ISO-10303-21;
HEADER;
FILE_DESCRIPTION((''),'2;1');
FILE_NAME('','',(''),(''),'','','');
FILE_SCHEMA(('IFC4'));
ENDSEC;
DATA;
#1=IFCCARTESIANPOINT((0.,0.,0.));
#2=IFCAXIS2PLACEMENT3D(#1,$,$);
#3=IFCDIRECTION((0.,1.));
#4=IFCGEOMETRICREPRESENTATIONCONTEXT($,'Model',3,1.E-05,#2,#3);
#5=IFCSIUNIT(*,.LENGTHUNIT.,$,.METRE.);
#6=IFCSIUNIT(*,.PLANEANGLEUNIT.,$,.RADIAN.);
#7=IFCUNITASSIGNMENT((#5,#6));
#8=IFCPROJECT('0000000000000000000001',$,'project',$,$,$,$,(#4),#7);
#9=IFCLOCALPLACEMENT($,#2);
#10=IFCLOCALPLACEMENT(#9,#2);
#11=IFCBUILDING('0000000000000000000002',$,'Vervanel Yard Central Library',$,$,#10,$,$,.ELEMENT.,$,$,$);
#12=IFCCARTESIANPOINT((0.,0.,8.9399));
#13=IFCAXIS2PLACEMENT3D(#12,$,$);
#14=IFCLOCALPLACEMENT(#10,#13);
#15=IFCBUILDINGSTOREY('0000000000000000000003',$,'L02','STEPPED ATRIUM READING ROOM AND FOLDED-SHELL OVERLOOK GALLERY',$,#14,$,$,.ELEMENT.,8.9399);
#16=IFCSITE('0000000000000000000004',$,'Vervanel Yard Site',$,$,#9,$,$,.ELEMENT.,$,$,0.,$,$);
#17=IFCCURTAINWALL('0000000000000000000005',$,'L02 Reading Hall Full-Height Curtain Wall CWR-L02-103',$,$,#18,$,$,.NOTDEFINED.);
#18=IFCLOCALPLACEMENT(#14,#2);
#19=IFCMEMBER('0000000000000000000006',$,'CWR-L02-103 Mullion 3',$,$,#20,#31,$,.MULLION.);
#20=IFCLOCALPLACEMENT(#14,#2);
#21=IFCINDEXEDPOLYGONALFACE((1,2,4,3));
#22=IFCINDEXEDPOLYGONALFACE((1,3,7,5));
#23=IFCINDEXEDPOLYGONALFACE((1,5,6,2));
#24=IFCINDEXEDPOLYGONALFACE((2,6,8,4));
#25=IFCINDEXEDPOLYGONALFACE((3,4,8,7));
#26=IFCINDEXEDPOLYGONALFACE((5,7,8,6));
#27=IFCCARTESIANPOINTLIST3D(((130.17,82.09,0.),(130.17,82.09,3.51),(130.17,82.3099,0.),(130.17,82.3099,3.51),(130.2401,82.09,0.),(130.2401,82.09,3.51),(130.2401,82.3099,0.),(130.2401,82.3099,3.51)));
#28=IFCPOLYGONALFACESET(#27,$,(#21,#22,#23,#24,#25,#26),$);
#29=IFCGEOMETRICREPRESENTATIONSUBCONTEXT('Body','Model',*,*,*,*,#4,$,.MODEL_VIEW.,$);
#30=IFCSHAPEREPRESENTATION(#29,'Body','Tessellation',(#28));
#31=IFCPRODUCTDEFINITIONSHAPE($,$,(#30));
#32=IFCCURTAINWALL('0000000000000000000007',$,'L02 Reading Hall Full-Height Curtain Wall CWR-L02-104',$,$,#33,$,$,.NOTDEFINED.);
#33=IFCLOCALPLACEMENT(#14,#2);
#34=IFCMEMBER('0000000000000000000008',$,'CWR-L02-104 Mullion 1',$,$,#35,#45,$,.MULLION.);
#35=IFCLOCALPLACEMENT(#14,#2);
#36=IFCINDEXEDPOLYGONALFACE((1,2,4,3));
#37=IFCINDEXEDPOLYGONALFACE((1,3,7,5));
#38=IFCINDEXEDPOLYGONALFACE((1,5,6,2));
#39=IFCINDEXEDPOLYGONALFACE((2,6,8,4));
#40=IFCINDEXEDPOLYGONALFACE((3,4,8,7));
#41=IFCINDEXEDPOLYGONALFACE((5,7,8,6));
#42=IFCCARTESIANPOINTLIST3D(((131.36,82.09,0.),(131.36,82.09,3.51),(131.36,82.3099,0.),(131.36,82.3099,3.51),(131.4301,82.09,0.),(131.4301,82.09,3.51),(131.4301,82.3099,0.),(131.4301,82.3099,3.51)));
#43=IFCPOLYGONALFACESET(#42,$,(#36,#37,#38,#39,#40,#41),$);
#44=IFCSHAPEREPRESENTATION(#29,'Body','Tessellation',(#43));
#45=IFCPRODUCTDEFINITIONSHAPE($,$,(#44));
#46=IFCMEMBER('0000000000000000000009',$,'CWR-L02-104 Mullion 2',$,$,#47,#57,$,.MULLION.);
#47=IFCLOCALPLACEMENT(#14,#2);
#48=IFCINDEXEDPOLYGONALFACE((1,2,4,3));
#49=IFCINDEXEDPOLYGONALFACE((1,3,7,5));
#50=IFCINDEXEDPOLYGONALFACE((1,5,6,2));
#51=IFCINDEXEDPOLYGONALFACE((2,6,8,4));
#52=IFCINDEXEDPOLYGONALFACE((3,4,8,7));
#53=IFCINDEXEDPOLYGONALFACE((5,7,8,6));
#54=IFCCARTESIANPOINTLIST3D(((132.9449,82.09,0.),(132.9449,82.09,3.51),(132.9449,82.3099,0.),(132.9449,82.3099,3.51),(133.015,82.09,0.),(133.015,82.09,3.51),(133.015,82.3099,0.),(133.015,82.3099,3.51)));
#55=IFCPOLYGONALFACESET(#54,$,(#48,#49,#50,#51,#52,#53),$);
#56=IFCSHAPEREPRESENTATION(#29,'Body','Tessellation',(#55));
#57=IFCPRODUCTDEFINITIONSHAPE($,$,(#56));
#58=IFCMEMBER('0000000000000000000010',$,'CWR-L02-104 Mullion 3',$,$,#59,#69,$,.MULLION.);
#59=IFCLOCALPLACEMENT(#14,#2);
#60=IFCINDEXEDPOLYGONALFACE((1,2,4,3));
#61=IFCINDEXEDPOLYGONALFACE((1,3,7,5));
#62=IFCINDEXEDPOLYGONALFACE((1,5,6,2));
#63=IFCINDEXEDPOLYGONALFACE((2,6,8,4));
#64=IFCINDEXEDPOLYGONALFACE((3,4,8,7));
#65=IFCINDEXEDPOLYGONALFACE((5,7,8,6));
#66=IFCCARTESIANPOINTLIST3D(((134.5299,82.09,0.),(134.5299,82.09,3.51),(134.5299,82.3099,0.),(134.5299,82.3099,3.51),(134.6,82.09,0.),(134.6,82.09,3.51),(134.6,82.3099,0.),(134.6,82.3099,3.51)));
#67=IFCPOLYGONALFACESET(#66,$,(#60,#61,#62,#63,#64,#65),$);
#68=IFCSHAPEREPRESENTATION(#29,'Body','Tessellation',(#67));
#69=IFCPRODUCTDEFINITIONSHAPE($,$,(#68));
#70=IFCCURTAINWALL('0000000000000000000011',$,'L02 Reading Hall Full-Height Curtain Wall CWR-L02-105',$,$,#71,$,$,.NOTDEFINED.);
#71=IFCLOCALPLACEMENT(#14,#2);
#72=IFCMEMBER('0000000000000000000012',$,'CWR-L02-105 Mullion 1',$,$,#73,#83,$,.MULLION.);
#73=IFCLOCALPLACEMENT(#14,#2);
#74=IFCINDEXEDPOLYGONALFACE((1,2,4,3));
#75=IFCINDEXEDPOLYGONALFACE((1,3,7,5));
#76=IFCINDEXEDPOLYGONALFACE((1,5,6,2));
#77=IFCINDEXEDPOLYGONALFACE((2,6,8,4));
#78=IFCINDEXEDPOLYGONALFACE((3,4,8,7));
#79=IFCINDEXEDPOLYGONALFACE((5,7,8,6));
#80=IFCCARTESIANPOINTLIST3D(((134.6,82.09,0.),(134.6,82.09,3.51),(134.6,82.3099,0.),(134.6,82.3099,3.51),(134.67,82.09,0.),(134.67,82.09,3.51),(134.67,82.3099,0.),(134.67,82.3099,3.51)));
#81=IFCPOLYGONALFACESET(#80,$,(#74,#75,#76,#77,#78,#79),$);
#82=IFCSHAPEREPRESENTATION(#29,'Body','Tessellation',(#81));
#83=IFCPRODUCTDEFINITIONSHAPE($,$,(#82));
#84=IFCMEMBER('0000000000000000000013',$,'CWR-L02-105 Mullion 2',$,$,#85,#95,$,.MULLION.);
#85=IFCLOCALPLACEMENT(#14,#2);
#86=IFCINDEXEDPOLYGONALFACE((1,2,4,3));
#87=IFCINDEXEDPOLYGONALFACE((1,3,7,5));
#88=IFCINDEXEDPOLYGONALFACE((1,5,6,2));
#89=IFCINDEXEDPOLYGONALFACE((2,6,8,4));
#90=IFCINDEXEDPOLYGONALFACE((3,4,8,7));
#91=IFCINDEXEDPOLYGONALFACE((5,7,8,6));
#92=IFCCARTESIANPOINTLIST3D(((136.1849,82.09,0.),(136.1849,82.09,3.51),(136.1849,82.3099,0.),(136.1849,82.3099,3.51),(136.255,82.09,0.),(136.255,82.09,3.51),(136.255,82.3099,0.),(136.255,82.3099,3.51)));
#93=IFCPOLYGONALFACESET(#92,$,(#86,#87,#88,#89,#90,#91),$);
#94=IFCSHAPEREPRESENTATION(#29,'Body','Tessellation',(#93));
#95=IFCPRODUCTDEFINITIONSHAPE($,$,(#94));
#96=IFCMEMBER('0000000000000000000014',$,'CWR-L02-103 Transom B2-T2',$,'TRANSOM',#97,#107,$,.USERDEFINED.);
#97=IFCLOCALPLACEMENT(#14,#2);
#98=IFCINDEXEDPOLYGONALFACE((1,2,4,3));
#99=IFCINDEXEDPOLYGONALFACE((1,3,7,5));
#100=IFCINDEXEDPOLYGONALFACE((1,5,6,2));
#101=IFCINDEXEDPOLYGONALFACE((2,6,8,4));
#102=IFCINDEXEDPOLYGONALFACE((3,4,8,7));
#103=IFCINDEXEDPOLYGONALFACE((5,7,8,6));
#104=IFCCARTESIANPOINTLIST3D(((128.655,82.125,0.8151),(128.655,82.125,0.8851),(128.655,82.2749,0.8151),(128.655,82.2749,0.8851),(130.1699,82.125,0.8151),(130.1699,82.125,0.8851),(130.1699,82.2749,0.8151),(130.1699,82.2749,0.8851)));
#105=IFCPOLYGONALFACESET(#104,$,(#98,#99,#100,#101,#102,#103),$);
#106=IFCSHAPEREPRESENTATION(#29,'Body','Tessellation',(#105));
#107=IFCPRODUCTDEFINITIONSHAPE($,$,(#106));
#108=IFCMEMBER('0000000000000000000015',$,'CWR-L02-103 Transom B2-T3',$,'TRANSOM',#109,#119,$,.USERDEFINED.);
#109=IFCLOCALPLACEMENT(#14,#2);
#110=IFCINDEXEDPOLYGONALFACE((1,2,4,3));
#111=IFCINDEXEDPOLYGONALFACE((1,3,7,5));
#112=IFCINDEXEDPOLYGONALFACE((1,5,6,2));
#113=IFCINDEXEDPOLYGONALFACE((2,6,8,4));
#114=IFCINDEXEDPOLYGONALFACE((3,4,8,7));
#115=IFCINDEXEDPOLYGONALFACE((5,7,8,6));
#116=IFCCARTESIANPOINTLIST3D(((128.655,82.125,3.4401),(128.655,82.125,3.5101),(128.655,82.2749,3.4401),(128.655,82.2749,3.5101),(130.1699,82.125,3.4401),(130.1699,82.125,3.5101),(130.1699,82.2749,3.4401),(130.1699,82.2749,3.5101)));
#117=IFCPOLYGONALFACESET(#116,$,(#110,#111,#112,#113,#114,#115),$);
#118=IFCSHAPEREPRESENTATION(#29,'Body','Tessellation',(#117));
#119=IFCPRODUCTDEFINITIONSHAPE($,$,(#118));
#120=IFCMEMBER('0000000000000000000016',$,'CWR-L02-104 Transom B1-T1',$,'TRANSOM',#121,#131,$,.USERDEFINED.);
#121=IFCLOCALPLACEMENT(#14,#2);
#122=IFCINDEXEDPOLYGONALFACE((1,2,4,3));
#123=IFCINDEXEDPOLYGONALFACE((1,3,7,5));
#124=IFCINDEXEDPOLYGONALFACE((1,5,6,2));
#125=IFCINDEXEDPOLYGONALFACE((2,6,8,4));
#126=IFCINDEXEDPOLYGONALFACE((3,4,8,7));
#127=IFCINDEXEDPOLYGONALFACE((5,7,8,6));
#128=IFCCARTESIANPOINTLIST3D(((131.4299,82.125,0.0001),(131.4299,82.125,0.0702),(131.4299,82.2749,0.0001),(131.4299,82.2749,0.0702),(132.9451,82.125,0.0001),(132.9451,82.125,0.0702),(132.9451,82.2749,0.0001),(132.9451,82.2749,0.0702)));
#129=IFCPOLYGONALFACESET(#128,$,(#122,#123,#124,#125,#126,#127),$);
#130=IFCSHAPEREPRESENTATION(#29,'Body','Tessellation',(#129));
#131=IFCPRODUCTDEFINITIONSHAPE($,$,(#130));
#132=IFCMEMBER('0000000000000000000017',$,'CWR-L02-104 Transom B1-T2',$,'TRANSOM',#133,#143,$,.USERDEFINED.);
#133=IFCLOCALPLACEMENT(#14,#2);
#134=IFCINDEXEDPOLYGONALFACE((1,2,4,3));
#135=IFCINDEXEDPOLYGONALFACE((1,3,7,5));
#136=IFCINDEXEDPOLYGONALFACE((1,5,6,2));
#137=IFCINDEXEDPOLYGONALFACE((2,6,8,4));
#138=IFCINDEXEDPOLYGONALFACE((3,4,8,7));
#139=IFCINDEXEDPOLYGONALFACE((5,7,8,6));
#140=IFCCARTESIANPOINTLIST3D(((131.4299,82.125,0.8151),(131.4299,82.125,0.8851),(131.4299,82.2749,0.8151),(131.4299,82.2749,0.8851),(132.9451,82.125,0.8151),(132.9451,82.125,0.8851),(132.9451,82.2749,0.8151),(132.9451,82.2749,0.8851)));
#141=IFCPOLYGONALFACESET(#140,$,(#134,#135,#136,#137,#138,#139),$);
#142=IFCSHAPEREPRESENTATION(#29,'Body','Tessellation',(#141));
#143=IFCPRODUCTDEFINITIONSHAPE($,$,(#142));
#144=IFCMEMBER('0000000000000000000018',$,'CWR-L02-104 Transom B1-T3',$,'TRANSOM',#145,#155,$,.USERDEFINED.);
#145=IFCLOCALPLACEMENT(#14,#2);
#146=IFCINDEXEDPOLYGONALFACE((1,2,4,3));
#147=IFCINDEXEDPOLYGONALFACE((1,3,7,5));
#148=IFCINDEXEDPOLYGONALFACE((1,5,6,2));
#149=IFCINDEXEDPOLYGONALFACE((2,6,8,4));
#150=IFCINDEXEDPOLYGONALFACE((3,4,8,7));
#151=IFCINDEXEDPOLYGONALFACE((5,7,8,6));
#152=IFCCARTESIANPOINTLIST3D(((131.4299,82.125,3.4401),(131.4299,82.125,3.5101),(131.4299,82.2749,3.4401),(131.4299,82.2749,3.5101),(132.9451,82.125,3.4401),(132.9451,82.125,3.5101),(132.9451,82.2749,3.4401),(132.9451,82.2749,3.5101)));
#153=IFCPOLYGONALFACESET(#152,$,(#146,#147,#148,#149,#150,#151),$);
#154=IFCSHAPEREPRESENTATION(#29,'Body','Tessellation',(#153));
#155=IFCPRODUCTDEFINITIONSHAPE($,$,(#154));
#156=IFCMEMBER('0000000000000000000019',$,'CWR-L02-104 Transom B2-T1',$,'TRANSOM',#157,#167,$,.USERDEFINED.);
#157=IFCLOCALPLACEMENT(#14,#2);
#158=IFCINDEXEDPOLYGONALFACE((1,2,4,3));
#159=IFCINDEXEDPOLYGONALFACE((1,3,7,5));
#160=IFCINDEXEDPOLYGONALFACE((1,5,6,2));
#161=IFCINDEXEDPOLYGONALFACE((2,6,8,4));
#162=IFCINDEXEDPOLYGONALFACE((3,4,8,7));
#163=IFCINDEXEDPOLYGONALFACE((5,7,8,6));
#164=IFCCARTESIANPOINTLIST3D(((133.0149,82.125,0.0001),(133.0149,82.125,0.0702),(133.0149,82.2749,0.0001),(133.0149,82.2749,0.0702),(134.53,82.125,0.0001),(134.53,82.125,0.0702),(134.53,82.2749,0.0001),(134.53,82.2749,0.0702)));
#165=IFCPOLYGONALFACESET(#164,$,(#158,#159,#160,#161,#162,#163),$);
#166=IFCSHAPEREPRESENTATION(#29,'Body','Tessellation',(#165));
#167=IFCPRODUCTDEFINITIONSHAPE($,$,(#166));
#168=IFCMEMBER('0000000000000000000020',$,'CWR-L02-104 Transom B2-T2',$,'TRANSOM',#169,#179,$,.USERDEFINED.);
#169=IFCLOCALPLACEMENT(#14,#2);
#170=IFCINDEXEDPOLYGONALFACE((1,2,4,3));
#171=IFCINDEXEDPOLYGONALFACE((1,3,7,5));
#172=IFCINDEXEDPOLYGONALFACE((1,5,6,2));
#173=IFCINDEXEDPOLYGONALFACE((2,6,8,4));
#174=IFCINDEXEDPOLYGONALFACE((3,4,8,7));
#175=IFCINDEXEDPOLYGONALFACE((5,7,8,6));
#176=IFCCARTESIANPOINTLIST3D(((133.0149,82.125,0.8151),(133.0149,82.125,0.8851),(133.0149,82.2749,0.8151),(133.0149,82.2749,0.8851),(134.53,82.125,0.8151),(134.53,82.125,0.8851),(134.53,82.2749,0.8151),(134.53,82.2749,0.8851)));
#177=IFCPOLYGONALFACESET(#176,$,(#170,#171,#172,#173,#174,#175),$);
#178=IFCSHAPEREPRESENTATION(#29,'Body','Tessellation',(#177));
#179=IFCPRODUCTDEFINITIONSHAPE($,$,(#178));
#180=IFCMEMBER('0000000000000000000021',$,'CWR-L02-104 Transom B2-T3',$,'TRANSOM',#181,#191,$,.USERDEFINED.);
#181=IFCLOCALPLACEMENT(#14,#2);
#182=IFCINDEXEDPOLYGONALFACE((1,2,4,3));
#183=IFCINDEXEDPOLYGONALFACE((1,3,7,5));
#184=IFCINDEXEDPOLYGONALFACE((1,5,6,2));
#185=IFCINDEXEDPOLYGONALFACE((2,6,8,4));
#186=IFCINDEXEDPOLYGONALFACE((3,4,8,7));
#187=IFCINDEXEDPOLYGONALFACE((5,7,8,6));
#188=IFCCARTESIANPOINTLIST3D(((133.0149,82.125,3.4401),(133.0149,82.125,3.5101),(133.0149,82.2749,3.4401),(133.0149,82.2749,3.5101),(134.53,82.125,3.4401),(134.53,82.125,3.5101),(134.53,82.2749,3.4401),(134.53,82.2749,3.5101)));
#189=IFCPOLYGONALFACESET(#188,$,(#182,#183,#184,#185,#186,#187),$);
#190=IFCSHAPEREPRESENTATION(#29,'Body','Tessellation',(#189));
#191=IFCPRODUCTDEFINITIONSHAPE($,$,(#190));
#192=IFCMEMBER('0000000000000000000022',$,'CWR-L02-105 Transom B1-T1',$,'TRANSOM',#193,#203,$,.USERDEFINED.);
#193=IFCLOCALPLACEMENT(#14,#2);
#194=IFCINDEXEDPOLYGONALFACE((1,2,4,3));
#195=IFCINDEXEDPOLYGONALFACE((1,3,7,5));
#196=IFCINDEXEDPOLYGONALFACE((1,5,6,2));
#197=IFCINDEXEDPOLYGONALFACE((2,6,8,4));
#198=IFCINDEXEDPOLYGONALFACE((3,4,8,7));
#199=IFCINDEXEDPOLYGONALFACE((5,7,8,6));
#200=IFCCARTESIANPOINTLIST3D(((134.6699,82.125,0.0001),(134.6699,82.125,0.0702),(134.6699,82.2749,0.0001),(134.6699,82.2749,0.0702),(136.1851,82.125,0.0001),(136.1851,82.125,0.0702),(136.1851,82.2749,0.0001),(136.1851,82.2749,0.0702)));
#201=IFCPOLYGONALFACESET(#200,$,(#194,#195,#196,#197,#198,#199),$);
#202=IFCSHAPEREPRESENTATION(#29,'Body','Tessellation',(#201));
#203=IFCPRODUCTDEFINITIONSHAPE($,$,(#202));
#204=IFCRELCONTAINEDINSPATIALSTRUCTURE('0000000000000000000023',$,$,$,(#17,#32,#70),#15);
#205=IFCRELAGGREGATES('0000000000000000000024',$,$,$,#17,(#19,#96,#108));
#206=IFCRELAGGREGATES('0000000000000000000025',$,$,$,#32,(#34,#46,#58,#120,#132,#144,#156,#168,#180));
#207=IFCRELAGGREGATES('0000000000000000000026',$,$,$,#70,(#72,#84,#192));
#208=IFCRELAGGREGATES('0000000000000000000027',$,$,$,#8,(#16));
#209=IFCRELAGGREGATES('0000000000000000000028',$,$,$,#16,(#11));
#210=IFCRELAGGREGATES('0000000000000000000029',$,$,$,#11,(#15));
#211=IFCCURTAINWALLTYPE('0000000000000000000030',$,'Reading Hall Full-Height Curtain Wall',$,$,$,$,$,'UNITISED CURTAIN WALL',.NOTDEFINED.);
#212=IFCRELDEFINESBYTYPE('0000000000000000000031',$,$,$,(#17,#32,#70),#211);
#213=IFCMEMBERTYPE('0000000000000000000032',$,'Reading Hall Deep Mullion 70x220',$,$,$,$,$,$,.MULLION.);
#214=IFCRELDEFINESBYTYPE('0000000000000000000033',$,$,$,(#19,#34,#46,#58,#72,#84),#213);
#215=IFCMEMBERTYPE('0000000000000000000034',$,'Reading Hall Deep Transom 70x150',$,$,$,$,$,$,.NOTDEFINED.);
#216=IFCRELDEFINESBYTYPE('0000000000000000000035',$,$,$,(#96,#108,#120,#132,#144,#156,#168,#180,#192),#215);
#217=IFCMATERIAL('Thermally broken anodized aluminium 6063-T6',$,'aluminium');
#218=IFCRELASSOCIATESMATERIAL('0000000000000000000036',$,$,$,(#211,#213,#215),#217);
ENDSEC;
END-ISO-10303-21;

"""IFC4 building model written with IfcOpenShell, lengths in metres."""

from ifc_helpers import new_model, si_unit, direction, frame, origin, origin_2d, place, context, subcontext, project, spatial, rectangle, extrude, material, material_profile, profile_set, type_object, element, aggregate, save


model = new_model("IFC4")

# Units and contexts
model_context = context("Model", 3, precision=1e-05, world=origin(), true_north=direction((0.0, 1.0)))
body_context = subcontext(model_context, "Body", "Model", "MODEL_VIEW")
ifc_project = project(units=[si_unit("LENGTHUNIT", "METRE"), si_unit("PLANEANGLEUNIT", "RADIAN")], contexts=[model_context])

# Site, building, storey
site_placement = place(None, origin())
site = spatial("IfcSite", under=ifc_project, at=site_placement, Name="Vervanel Yard Site", CompositionType="ELEMENT", RefElevation=0.0)
building_placement = place(site_placement, origin())
building = spatial("IfcBuilding", under=site, at=building_placement, Name="Vervanel Yard Central Library", CompositionType="ELEMENT")
storey_placement = place(building_placement, frame((0.0, 0.0, 8.9399)))
storey = spatial("IfcBuildingStorey", under=building, at=storey_placement, Name="L02", Description="STEPPED ATRIUM READING ROOM AND FOLDED-SHELL OVERLOOK GALLERY", CompositionType="ELEMENT", Elevation=8.9399)

# Curtain wall, member
ifc_material_1 = material(Name="Thermally broken anodized aluminium 6063-T6", Category="aluminium")
curtain_wall_type = type_object("IfcCurtainWallType", Name="Reading Hall Full-Height Curtain Wall", ElementType="UNITISED CURTAIN WALL", PredefinedType="NOTDEFINED", material=ifc_material_1)
curtain_wall_1_placement = place(storey_placement, origin())
curtain_wall_1 = element("IfcCurtainWall", 1, at=curtain_wall_1_placement, inside=storey, type_object=curtain_wall_type, Name="L02 Reading Hall Full-Height Curtain Wall CWR-L02-103", PredefinedType="NOTDEFINED")
ifc_material_profile_1 = material_profile(ifc_material_1, rectangle(XDim=0.0701, YDim=0.22, at=origin_2d()), Name="ALU 70x220", Category="aluminium")
ifc_profile_set_1 = profile_set([ifc_material_profile_1], Name="Thermally broken anodized aluminium 6063-T6")
member_type_1 = type_object("IfcMemberType", Name="Reading Hall Deep Mullion 70x220", PredefinedType="MULLION", material=ifc_profile_set_1)
member_1_placement = place(storey_placement, frame((130.2051, 82.2, 0.0), z_axis=(0.0, 0.0, 1.0), x_axis=(1.0, 0.0, 0.0)))
member_1 = element("IfcMember", 2, at=member_1_placement, type_object=member_type_1, Name="CWR-L02-103 Mullion 3", PredefinedType="MULLION", context=body_context, shape_type="SweptSolid", body=[
    extrude(rectangle(XDim=0.0701, YDim=0.22, at=origin_2d()), origin(), (0.0, 0.0, 1.0), 3.51),
])

# Curtain walls, members
curtain_wall_2_placement = place(storey_placement, origin())
curtain_wall_2 = element("IfcCurtainWall", 3, at=curtain_wall_2_placement, inside=storey, type_object=curtain_wall_type, Name="L02 Reading Hall Full-Height Curtain Wall CWR-L02-104", PredefinedType="NOTDEFINED")
member_2_placement = place(storey_placement, frame((131.395, 82.2, 0.0), z_axis=(0.0, 0.0, 1.0), x_axis=(1.0, 0.0, 0.0)))
member_2 = element("IfcMember", 4, at=member_2_placement, type_object=member_type_1, Name="CWR-L02-104 Mullion 1", PredefinedType="MULLION", context=body_context, shape_type="SweptSolid", body=[
    extrude(rectangle(XDim=0.0701, YDim=0.22, at=origin_2d()), origin(), (0.0, 0.0, 1.0), 3.51),
])
member_3_placement = place(storey_placement, frame((132.98, 82.2, 0.0), z_axis=(0.0, 0.0, 1.0), x_axis=(1.0, 0.0, 0.0)))
member_3 = element("IfcMember", 5, at=member_3_placement, type_object=member_type_1, Name="CWR-L02-104 Mullion 2", PredefinedType="MULLION", context=body_context, shape_type="SweptSolid", body=[
    extrude(rectangle(XDim=0.0701, YDim=0.22, at=origin_2d()), origin(), (0.0, 0.0, 1.0), 3.51),
])
member_4_placement = place(storey_placement, frame((134.5649, 82.2, 0.0), z_axis=(0.0, 0.0, 1.0), x_axis=(1.0, 0.0, 0.0)))
member_4 = element("IfcMember", 6, at=member_4_placement, type_object=member_type_1, Name="CWR-L02-104 Mullion 3", PredefinedType="MULLION", context=body_context, shape_type="SweptSolid", body=[
    extrude(rectangle(XDim=0.0701, YDim=0.22, at=origin_2d()), origin(), (0.0, 0.0, 1.0), 3.51),
])
curtain_wall_3_placement = place(storey_placement, origin())
curtain_wall_3 = element("IfcCurtainWall", 7, at=curtain_wall_3_placement, inside=storey, type_object=curtain_wall_type, Name="L02 Reading Hall Full-Height Curtain Wall CWR-L02-105", PredefinedType="NOTDEFINED")
member_5_placement = place(storey_placement, frame((134.635, 82.2, 0.0), z_axis=(0.0, 0.0, 1.0), x_axis=(1.0, 0.0, 0.0)))
member_5 = element("IfcMember", 8, at=member_5_placement, type_object=member_type_1, Name="CWR-L02-105 Mullion 1", PredefinedType="MULLION", context=body_context, shape_type="SweptSolid", body=[
    extrude(rectangle(XDim=0.0701, YDim=0.22, at=origin_2d()), origin(), (0.0, 0.0, 1.0), 3.51),
])
member_6_placement = place(storey_placement, frame((136.22, 82.2, 0.0), z_axis=(0.0, 0.0, 1.0), x_axis=(1.0, 0.0, 0.0)))
member_6 = element("IfcMember", 9, at=member_6_placement, type_object=member_type_1, Name="CWR-L02-105 Mullion 2", PredefinedType="MULLION", context=body_context, shape_type="SweptSolid", body=[
    extrude(rectangle(XDim=0.0701, YDim=0.22, at=origin_2d()), origin(), (0.0, 0.0, 1.0), 3.51),
])

# Members
ifc_material_profile_2 = material_profile(ifc_material_1, rectangle(XDim=0.0701, YDim=0.1499, at=origin_2d()), Name="ALU 70x150", Category="aluminium")
ifc_profile_set_2 = profile_set([ifc_material_profile_2], Name="Thermally broken anodized aluminium 6063-T6")
member_type_2 = type_object("IfcMemberType", Name="Reading Hall Deep Transom 70x150", PredefinedType="NOTDEFINED", material=ifc_profile_set_2)
member_7_placement = place(storey_placement, frame((128.655, 82.2, 0.8501), z_axis=(1.0, 0.0, 0.0), x_axis=(0.0, 0.0, 1.0)))
member_7 = element("IfcMember", 10, at=member_7_placement, type_object=member_type_2, Name="CWR-L02-103 Transom B2-T2", ObjectType="TRANSOM", PredefinedType="USERDEFINED", context=body_context, shape_type="SweptSolid", body=[
    extrude(rectangle(XDim=0.0701, YDim=0.1499, at=origin_2d()), origin(), (0.0, 0.0, 1.0), 1.5149),
])
member_8_placement = place(storey_placement, frame((128.655, 82.2, 3.4751), z_axis=(1.0, 0.0, 0.0), x_axis=(0.0, 0.0, 1.0)))
member_8 = element("IfcMember", 11, at=member_8_placement, type_object=member_type_2, Name="CWR-L02-103 Transom B2-T3", ObjectType="TRANSOM", PredefinedType="USERDEFINED", context=body_context, shape_type="SweptSolid", body=[
    extrude(rectangle(XDim=0.0701, YDim=0.1499, at=origin_2d()), origin(), (0.0, 0.0, 1.0), 1.5149),
])
member_9_placement = place(storey_placement, frame((131.4299, 82.2, 0.0352), z_axis=(1.0, 0.0, 0.0), x_axis=(0.0, 0.0, 1.0)))
member_9 = element("IfcMember", 12, at=member_9_placement, type_object=member_type_2, Name="CWR-L02-104 Transom B1-T1", ObjectType="TRANSOM", PredefinedType="USERDEFINED", context=body_context, shape_type="SweptSolid", body=[
    extrude(rectangle(XDim=0.0701, YDim=0.1499, at=origin_2d()), origin(), (0.0, 0.0, 1.0), 1.5151),
])
member_10_placement = place(storey_placement, frame((131.4299, 82.2, 0.8501), z_axis=(1.0, 0.0, 0.0), x_axis=(0.0, 0.0, 1.0)))
member_10 = element("IfcMember", 13, at=member_10_placement, type_object=member_type_2, Name="CWR-L02-104 Transom B1-T2", ObjectType="TRANSOM", PredefinedType="USERDEFINED", context=body_context, shape_type="SweptSolid", body=[
    extrude(rectangle(XDim=0.0701, YDim=0.1499, at=origin_2d()), origin(), (0.0, 0.0, 1.0), 1.5151),
])
member_11_placement = place(storey_placement, frame((131.4299, 82.2, 3.4751), z_axis=(1.0, 0.0, 0.0), x_axis=(0.0, 0.0, 1.0)))
member_11 = element("IfcMember", 14, at=member_11_placement, type_object=member_type_2, Name="CWR-L02-104 Transom B1-T3", ObjectType="TRANSOM", PredefinedType="USERDEFINED", context=body_context, shape_type="SweptSolid", body=[
    extrude(rectangle(XDim=0.0701, YDim=0.1499, at=origin_2d()), origin(), (0.0, 0.0, 1.0), 1.5151),
])
member_12_placement = place(storey_placement, frame((133.0149, 82.2, 0.0352), z_axis=(1.0, 0.0, 0.0), x_axis=(0.0, 0.0, 1.0)))
member_12 = element("IfcMember", 15, at=member_12_placement, type_object=member_type_2, Name="CWR-L02-104 Transom B2-T1", ObjectType="TRANSOM", PredefinedType="USERDEFINED", context=body_context, shape_type="SweptSolid", body=[
    extrude(rectangle(XDim=0.0701, YDim=0.1499, at=origin_2d()), origin(), (0.0, 0.0, 1.0), 1.5151),
])
member_13_placement = place(storey_placement, frame((133.0149, 82.2, 0.8501), z_axis=(1.0, 0.0, 0.0), x_axis=(0.0, 0.0, 1.0)))
member_13 = element("IfcMember", 16, at=member_13_placement, type_object=member_type_2, Name="CWR-L02-104 Transom B2-T2", ObjectType="TRANSOM", PredefinedType="USERDEFINED", context=body_context, shape_type="SweptSolid", body=[
    extrude(rectangle(XDim=0.0701, YDim=0.1499, at=origin_2d()), origin(), (0.0, 0.0, 1.0), 1.5151),
])
member_14_placement = place(storey_placement, frame((133.0149, 82.2, 3.4751), z_axis=(1.0, 0.0, 0.0), x_axis=(0.0, 0.0, 1.0)))
member_14 = element("IfcMember", 17, at=member_14_placement, type_object=member_type_2, Name="CWR-L02-104 Transom B2-T3", ObjectType="TRANSOM", PredefinedType="USERDEFINED", context=body_context, shape_type="SweptSolid", body=[
    extrude(rectangle(XDim=0.0701, YDim=0.1499, at=origin_2d()), origin(), (0.0, 0.0, 1.0), 1.5151),
])
member_15_placement = place(storey_placement, frame((134.6699, 82.2, 0.0352), z_axis=(1.0, 0.0, 0.0), x_axis=(0.0, 0.0, 1.0)))
member_15 = element("IfcMember", 18, at=member_15_placement, type_object=member_type_2, Name="CWR-L02-105 Transom B1-T1", ObjectType="TRANSOM", PredefinedType="USERDEFINED", context=body_context, shape_type="SweptSolid", body=[
    extrude(rectangle(XDim=0.0701, YDim=0.1499, at=origin_2d()), origin(), (0.0, 0.0, 1.0), 1.5151),
])

aggregate(curtain_wall_1, [member_1, member_7, member_8])
aggregate(curtain_wall_2, [member_2, member_3, member_4, member_9, member_10, member_11, member_12, member_13, member_14])
aggregate(curtain_wall_3, [member_5, member_6, member_15])

save(model, "model.ifc")
